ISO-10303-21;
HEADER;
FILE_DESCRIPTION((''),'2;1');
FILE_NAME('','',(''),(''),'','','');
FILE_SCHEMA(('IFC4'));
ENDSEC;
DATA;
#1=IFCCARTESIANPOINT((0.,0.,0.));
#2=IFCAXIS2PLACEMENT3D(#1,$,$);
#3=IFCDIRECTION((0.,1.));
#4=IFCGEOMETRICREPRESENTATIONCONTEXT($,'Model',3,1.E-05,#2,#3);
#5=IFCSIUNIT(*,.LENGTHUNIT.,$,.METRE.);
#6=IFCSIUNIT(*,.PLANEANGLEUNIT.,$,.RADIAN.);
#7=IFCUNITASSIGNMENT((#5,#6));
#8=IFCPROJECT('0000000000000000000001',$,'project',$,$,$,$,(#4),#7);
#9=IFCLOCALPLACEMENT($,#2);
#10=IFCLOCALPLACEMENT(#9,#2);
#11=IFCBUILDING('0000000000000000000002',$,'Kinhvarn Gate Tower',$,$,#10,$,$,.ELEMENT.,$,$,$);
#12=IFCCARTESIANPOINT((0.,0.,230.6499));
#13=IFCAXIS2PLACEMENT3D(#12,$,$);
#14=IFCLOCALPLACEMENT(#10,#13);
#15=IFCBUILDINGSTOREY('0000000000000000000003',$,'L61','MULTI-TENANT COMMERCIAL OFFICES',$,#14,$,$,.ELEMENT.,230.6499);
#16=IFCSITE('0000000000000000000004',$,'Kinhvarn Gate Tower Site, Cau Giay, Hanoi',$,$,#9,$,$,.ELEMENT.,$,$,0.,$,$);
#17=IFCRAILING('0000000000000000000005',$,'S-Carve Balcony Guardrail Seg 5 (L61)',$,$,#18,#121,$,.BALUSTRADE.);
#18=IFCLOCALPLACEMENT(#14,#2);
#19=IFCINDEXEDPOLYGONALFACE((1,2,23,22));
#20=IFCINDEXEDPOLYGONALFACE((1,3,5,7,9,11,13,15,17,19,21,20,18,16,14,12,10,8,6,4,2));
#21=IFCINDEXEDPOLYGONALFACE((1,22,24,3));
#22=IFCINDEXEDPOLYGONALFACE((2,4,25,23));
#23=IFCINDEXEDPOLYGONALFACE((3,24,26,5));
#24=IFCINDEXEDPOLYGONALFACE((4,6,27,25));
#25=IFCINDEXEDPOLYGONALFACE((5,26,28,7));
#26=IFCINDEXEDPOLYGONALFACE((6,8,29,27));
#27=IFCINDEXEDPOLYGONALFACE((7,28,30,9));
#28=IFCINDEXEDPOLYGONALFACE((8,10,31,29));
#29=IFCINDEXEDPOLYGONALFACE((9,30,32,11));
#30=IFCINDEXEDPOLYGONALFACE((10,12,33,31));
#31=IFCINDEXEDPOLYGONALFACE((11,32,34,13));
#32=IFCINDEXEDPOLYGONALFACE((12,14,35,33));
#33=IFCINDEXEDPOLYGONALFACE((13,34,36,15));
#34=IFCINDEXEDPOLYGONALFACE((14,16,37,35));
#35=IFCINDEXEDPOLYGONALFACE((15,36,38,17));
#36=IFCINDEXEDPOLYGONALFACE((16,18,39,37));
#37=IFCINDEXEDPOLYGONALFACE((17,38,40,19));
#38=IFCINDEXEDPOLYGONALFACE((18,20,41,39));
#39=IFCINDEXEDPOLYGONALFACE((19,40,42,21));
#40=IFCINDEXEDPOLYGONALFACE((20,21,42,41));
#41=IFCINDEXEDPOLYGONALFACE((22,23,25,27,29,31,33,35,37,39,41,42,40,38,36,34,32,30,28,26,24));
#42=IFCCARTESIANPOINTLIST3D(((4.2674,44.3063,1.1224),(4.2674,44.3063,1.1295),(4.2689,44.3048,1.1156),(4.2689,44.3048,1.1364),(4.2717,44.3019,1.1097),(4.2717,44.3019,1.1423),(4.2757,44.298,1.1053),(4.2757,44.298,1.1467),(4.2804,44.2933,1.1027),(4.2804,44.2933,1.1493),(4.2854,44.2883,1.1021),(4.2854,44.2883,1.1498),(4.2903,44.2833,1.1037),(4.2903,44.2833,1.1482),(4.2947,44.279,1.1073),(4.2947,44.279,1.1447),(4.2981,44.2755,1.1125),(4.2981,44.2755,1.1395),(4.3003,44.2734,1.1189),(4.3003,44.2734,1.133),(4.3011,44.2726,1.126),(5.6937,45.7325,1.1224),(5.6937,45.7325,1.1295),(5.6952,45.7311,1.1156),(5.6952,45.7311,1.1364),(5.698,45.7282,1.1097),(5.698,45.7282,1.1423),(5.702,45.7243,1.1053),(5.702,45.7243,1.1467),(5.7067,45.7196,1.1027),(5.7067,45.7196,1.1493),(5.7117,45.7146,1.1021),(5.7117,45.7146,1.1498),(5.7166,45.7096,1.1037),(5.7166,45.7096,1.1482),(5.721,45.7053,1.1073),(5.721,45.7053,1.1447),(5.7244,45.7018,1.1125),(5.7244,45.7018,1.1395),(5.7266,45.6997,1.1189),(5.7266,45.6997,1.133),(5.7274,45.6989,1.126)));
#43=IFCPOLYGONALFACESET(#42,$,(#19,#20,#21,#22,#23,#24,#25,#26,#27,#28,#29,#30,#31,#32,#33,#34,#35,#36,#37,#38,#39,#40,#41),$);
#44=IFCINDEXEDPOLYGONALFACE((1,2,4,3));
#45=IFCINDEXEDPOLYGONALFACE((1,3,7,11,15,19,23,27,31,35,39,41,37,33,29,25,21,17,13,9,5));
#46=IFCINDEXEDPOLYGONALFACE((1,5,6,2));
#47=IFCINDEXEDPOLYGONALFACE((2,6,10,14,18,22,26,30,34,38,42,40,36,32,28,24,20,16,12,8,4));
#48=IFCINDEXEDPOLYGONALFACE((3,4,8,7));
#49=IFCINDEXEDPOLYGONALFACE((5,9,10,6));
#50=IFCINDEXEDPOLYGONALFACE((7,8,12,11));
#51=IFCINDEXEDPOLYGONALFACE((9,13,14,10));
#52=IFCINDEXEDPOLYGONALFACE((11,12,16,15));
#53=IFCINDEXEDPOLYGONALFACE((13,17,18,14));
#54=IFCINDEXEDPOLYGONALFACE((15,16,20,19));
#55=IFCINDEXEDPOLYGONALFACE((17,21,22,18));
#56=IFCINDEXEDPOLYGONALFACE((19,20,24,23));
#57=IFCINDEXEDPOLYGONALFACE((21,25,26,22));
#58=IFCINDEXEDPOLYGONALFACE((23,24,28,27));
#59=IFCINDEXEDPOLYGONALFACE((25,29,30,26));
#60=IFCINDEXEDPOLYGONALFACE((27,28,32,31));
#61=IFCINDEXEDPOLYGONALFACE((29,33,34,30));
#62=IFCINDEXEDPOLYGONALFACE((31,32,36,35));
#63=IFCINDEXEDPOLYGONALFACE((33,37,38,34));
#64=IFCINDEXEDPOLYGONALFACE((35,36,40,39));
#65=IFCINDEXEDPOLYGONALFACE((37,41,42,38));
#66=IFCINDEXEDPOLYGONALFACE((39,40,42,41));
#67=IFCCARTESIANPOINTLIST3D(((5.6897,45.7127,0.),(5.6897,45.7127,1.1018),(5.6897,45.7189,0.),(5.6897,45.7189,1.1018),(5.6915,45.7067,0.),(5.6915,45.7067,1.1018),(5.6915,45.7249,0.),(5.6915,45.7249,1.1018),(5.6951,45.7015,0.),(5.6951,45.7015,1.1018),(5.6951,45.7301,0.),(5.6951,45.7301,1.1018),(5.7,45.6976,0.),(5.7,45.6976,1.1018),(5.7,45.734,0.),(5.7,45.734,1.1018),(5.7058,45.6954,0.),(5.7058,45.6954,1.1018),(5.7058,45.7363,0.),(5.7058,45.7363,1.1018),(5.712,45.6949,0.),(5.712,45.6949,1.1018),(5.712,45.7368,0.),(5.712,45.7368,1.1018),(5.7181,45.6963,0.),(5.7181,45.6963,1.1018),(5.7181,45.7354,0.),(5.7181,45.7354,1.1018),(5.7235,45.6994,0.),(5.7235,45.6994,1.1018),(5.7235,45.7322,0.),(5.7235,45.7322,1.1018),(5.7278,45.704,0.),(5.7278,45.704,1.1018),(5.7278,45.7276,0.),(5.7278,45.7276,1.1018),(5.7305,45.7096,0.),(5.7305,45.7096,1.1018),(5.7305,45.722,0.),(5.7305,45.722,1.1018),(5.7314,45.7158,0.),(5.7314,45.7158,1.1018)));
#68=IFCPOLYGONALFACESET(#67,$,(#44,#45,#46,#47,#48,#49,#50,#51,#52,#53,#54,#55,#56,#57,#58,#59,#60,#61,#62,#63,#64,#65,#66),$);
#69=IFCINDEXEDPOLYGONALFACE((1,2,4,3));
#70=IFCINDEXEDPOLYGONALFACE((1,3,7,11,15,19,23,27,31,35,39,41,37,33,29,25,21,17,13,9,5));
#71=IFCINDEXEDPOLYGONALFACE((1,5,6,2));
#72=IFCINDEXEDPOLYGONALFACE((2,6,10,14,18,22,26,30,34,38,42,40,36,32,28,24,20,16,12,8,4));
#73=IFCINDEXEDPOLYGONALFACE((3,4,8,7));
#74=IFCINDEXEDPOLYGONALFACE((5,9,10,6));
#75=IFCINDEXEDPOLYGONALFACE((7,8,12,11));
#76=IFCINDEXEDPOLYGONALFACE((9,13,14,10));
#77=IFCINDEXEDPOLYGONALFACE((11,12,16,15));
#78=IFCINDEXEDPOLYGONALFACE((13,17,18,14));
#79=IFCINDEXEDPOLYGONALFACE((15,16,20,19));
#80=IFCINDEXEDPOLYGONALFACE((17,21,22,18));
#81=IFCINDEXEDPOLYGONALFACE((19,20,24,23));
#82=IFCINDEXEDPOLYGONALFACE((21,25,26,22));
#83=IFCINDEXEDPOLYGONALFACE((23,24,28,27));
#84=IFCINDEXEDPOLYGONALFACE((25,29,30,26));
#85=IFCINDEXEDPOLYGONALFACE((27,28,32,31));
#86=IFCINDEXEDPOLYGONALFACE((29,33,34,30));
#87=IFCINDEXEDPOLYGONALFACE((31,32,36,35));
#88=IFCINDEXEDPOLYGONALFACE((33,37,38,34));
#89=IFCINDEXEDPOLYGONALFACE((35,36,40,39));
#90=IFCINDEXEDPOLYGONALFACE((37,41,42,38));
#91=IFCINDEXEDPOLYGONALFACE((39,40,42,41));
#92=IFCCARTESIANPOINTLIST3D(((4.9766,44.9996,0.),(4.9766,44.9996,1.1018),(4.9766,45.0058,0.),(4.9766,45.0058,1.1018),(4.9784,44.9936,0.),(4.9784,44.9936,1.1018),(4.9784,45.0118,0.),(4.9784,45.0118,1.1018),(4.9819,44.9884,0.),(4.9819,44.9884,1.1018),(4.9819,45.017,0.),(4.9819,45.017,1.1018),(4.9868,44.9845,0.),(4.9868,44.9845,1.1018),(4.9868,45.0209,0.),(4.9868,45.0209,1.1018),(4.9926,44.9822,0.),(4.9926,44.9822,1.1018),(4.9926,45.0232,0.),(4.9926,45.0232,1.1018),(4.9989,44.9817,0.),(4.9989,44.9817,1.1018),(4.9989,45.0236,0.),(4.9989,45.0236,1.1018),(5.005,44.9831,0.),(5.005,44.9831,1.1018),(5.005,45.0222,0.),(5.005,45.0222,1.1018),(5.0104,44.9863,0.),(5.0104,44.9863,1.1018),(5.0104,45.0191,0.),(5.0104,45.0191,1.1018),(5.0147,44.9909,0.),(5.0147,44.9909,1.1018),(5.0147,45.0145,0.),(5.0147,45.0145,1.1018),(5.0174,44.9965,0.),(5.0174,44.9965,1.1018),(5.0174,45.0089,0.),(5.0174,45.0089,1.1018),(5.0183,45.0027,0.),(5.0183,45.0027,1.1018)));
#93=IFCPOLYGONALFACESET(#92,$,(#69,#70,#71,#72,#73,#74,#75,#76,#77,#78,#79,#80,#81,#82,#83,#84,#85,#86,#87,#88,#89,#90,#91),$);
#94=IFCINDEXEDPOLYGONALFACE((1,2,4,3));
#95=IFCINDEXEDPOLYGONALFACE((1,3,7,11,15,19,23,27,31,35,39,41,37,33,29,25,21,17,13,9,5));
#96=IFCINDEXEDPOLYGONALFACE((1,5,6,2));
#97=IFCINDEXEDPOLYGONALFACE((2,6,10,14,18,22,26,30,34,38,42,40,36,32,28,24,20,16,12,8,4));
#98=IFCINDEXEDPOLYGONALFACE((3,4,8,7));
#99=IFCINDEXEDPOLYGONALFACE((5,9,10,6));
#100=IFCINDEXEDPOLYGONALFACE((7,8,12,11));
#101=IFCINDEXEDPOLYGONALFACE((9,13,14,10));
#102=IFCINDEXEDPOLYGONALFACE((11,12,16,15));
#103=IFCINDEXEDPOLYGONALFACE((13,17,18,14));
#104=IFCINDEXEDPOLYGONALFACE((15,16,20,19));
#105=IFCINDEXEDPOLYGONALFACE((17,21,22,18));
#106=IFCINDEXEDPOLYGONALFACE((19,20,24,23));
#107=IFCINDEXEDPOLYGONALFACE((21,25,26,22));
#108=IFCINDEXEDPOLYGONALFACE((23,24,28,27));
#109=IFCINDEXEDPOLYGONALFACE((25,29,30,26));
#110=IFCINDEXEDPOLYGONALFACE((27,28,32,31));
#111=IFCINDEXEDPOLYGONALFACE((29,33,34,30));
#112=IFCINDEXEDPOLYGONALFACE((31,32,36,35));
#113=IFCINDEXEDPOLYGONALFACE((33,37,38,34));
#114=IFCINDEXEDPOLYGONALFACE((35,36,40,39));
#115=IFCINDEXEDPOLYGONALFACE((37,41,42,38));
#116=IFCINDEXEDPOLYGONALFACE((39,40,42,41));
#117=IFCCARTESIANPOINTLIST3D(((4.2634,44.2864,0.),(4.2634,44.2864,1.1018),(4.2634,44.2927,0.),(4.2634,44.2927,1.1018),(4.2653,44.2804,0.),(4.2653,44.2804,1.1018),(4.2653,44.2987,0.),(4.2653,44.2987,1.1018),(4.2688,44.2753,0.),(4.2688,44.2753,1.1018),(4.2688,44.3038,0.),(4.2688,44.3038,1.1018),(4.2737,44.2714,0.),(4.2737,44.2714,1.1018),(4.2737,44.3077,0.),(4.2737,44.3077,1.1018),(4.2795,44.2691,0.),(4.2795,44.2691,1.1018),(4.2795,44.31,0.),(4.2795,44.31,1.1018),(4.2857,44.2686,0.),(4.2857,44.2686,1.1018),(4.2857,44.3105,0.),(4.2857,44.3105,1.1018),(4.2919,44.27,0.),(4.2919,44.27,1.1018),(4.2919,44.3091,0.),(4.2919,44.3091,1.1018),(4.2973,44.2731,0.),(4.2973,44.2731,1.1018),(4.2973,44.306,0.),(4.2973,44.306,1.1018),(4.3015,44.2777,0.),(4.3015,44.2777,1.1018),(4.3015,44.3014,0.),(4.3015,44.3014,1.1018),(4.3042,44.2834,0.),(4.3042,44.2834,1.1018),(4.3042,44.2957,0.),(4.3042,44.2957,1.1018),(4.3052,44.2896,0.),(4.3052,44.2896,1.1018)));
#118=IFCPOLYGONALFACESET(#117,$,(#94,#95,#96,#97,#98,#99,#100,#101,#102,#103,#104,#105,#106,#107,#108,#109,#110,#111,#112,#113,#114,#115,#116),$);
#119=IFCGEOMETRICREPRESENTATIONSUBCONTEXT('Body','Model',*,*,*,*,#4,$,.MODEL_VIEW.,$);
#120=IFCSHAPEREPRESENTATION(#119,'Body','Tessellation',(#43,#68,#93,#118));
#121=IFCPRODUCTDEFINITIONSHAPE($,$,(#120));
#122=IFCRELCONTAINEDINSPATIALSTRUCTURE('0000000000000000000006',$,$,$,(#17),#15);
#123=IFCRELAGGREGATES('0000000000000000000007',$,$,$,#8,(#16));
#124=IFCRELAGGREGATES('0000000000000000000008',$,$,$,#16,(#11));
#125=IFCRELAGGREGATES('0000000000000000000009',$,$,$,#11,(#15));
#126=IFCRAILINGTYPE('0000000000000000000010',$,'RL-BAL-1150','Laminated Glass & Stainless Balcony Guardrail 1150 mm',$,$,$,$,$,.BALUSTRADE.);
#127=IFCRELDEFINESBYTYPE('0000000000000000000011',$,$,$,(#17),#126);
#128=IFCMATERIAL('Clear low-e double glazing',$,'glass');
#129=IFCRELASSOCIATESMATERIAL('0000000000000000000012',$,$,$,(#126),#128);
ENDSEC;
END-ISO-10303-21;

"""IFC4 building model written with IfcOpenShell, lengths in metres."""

from ifc_helpers import new_model, si_unit, direction, frame, origin, origin_2d, place, context, subcontext, project, spatial, circle, extrude, material, type_object, element, save


model = new_model("IFC4")

# Units and contexts
model_context = context("Model", 3, precision=1e-05, world=origin(), true_north=direction((0.0, 1.0)))
body_context = subcontext(model_context, "Body", "Model", "MODEL_VIEW")
ifc_project = project(units=[si_unit("LENGTHUNIT", "METRE"), si_unit("PLANEANGLEUNIT", "RADIAN")], contexts=[model_context])

# Site, building, storey
site_placement = place(None, origin())
site = spatial("IfcSite", under=ifc_project, at=site_placement, Name="Kinhvarn Gate Tower Site, Cau Giay, Hanoi", CompositionType="ELEMENT", RefElevation=0.0)
building_placement = place(site_placement, origin())
building = spatial("IfcBuilding", under=site, at=building_placement, Name="Kinhvarn Gate Tower", CompositionType="ELEMENT")
storey_placement = place(building_placement, frame((0.0, 0.0, 230.6499)))
storey = spatial("IfcBuildingStorey", under=building, at=storey_placement, Name="L61", Description="MULTI-TENANT COMMERCIAL OFFICES", CompositionType="ELEMENT", Elevation=230.6499)

# Shared definitions
ifc_material_1 = material(Name="Clear low-e double glazing", Category="glass")

# Railing
railing_type = type_object("IfcRailingType", Name="RL-BAL-1150", Description="Laminated Glass & Stainless Balcony Guardrail 1150 mm", PredefinedType="BALUSTRADE", material=ifc_material_1)
railing_1_placement = place(storey_placement, frame((5.7104, 45.7158, 0.0)))
element("IfcRailing", 1, at=railing_1_placement, inside=storey, type_object=railing_type, Name="S-Carve Balcony Guardrail Seg 5 (L61)", PredefinedType="BALUSTRADE", context=body_context, shape_type="SweptSolid", body=[
    extrude(circle(Radius=0.0239, at=origin_2d()), frame((0.0, 0.0, 1.126), z_axis=(-0.707107, -0.707107, 0.0), x_axis=(0.707107, -0.707107, 0.0)), (0.0, 0.0, 1.0), 2.0171),
    extrude(circle(Radius=0.021, at=origin_2d()), origin(), (0.0, 0.0, 1.0), 1.1018),
    extrude(circle(Radius=0.021, at=origin_2d()), frame((-0.7131, -0.7131, 0.0)), (0.0, 0.0, 1.0), 1.1018),
    extrude(circle(Radius=0.021, at=origin_2d()), frame((-1.4263, -1.4263, 0.0)), (0.0, 0.0, 1.0), 1.1018),
])

save(model, "model.ifc")
